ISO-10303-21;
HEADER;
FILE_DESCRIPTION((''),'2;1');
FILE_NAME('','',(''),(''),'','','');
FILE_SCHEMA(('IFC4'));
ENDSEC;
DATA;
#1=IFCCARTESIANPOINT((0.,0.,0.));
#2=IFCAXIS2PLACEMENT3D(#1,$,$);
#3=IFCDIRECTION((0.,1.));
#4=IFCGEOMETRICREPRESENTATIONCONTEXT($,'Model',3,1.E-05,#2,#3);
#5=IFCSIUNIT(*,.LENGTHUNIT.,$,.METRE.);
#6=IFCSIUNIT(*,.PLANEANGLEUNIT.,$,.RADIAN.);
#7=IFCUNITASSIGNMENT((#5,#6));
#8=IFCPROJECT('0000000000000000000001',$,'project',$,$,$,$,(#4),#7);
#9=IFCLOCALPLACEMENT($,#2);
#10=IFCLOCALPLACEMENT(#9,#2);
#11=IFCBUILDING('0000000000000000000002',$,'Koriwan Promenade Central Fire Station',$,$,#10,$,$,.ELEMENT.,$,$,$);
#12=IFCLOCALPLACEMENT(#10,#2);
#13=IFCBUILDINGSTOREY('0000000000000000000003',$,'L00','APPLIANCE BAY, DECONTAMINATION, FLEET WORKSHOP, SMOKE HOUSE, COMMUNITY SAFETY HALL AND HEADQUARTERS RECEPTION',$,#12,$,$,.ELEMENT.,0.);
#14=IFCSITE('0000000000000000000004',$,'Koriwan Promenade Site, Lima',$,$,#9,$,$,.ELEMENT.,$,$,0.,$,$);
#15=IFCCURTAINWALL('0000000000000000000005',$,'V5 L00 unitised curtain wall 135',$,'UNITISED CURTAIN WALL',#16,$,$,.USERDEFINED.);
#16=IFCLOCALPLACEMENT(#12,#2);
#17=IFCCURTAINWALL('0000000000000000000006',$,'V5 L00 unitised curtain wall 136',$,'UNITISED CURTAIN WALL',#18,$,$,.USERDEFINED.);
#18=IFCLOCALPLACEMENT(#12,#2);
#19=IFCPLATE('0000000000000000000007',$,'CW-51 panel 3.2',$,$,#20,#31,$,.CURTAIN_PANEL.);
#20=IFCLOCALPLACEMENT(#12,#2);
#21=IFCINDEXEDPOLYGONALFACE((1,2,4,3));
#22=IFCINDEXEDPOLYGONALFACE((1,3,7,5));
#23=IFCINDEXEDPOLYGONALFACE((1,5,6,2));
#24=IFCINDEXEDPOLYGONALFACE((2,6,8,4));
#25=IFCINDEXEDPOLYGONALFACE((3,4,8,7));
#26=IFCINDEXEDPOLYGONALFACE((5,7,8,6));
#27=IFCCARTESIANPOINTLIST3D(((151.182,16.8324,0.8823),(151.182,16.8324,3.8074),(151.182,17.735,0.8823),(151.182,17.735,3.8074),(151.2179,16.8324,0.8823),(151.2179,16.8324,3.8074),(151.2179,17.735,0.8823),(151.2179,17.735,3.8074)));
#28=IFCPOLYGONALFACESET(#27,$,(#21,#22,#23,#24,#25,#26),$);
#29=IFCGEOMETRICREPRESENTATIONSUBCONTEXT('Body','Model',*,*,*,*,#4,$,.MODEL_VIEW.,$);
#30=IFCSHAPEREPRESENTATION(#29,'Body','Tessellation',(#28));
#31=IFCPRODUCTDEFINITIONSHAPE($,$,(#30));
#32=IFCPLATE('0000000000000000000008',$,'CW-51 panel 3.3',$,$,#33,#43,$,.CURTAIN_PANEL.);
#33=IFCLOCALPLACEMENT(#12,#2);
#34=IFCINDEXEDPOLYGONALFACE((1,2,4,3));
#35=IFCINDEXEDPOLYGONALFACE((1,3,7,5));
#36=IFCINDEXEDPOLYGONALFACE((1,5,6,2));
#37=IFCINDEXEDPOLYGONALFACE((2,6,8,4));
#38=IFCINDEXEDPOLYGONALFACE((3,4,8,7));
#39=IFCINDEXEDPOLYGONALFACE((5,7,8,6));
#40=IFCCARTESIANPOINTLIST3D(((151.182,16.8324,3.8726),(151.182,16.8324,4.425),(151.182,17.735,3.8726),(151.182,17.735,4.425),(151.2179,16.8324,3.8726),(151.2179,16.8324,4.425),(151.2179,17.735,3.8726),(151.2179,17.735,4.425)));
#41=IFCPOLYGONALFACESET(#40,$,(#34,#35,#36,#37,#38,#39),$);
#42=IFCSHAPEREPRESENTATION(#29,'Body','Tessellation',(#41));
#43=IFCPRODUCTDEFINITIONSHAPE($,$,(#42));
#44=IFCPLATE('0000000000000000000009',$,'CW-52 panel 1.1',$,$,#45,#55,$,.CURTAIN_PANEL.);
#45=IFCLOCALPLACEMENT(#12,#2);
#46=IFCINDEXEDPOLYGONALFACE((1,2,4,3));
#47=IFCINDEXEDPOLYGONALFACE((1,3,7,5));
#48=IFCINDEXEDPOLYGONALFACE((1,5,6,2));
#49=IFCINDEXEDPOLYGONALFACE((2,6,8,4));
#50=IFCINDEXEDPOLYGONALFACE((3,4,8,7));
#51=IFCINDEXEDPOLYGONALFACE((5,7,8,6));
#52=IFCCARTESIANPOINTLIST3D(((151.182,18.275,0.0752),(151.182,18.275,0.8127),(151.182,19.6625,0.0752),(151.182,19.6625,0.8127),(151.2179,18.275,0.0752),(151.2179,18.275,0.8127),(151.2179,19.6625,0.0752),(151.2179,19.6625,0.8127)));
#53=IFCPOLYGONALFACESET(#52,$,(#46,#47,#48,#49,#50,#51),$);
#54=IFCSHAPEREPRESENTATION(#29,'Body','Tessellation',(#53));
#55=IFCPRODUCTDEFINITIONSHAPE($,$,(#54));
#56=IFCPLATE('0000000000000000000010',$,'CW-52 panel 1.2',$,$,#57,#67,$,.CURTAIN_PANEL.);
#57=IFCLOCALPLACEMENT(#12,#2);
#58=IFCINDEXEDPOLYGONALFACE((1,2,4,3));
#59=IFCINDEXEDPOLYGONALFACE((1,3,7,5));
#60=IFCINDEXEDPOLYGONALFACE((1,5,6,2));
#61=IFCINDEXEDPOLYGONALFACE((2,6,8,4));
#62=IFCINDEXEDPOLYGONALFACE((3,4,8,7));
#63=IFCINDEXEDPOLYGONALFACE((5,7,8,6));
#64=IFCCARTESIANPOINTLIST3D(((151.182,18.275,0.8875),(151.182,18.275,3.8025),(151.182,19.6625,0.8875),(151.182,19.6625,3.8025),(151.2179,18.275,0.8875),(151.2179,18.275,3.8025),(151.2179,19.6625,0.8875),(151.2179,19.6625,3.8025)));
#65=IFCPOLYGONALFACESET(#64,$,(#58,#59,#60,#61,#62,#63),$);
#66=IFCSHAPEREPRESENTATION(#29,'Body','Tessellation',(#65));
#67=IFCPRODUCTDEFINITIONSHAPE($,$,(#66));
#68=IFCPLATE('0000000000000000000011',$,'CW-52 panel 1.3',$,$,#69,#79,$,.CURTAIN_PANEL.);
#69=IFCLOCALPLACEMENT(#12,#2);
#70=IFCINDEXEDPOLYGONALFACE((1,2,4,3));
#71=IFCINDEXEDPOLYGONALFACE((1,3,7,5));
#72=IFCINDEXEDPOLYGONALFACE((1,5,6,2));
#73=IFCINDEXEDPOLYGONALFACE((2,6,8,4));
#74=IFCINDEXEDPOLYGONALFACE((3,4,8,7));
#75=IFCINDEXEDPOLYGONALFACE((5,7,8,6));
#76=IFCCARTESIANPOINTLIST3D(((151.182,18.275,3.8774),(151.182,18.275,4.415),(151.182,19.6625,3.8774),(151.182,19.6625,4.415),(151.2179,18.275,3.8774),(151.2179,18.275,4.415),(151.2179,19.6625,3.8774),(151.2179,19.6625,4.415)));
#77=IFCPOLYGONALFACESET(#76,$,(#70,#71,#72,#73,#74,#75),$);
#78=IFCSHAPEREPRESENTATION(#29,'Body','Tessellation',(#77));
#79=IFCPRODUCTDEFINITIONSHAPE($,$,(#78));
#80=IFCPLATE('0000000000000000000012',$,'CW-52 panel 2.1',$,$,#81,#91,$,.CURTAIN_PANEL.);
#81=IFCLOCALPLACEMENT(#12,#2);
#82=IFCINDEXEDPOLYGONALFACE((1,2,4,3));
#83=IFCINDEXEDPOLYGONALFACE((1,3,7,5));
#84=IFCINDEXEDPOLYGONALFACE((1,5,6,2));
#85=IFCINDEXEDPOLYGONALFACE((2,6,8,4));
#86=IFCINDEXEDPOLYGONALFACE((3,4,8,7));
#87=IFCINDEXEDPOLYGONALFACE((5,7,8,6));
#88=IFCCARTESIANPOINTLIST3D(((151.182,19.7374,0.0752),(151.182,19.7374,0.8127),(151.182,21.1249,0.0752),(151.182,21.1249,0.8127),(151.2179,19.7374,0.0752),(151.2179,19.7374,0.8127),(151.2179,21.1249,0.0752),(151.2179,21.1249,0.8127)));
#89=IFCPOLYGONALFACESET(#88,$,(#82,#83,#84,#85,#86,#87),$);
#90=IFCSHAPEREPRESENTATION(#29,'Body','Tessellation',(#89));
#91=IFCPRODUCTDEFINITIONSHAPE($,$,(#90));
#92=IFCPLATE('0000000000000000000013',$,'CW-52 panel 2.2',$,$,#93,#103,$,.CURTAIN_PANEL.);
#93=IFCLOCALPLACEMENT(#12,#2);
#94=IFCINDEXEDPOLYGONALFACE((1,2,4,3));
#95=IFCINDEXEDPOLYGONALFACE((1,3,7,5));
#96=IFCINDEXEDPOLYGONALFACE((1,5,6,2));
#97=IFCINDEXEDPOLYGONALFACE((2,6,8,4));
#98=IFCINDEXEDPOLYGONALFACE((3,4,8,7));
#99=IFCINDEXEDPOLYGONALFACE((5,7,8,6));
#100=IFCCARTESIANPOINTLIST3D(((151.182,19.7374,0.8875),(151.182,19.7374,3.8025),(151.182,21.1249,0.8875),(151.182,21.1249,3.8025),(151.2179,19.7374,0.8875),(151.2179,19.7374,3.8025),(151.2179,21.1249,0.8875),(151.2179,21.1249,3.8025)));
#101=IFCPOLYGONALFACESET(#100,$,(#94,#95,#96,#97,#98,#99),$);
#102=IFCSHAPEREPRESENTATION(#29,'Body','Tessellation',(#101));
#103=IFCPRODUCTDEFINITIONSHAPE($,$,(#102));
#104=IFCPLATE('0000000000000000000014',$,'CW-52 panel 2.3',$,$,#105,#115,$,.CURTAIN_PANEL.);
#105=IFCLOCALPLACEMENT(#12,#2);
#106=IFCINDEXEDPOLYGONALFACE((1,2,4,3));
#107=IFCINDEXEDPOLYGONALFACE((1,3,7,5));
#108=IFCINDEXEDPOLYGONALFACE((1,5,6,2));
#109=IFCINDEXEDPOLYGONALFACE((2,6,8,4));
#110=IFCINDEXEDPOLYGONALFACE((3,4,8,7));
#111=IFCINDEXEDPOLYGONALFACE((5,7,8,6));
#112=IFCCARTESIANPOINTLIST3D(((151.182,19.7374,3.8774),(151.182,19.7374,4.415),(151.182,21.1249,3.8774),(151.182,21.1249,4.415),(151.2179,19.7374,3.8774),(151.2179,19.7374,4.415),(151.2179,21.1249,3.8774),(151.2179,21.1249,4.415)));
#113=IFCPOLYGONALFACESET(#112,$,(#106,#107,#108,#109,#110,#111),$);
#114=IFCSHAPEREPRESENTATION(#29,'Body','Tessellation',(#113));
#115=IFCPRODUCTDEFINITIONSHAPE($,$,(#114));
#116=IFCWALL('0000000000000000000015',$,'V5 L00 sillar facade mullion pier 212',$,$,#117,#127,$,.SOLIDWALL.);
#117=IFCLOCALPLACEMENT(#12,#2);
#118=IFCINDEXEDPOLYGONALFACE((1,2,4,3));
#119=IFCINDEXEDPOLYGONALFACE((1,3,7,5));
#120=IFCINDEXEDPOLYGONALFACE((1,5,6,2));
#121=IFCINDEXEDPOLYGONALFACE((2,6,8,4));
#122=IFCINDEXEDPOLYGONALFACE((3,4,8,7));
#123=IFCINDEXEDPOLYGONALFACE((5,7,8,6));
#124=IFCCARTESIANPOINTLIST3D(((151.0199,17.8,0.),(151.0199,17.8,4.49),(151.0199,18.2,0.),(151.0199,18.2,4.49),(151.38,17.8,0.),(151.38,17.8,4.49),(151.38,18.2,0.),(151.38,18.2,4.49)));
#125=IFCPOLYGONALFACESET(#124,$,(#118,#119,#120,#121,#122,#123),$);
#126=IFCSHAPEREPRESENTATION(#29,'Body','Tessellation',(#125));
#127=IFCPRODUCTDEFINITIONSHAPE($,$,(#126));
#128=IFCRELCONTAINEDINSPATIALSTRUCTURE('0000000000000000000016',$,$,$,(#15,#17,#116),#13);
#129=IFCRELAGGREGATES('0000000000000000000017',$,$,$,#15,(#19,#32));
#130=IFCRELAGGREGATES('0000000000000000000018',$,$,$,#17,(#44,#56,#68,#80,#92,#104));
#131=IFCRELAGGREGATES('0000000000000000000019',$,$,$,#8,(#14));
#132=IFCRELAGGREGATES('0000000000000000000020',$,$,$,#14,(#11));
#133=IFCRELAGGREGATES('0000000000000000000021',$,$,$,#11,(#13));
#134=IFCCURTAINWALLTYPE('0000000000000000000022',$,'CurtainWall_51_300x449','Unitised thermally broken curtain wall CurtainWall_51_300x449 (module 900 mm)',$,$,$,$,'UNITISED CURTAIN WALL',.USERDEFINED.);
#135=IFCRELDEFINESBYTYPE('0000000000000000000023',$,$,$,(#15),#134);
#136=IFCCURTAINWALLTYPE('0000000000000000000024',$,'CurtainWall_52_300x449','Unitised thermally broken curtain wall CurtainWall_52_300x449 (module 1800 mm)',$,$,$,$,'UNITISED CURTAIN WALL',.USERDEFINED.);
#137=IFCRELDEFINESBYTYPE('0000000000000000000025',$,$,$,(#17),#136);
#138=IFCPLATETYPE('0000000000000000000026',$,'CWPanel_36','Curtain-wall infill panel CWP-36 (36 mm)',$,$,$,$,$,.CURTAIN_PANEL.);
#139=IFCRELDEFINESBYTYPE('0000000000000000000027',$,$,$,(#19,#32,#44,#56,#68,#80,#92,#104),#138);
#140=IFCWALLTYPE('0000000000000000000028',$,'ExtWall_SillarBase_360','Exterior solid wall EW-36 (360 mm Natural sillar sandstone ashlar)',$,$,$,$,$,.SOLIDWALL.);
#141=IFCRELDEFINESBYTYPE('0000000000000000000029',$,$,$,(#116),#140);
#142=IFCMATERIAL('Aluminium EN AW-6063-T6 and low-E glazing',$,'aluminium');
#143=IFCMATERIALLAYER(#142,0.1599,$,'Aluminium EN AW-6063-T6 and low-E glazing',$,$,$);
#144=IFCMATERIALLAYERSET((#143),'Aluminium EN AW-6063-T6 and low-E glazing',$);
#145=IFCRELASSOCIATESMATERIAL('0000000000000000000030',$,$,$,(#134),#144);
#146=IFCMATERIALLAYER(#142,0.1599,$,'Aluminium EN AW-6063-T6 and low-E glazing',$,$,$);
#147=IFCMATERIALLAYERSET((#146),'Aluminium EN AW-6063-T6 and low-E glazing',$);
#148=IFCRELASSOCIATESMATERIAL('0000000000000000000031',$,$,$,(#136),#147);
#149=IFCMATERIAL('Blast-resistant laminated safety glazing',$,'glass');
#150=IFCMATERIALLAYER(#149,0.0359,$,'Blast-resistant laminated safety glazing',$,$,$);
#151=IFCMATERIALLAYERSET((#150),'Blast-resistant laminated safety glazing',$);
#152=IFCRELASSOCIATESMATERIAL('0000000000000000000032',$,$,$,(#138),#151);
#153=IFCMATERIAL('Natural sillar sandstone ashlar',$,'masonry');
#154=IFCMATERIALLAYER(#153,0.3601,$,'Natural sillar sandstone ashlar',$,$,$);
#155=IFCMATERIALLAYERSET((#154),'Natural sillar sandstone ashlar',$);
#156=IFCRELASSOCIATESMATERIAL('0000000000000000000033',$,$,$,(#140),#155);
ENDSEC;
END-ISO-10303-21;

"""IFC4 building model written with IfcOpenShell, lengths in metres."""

from ifc_helpers import new_model, si_unit, direction, frame, frame_2d, origin, origin_2d, place, context, subcontext, project, spatial, rectangle, extrude, material, layer, layer_set, type_object, element, aggregate, save


model = new_model("IFC4")

# Units and contexts
model_context = context("Model", 3, precision=1e-05, world=origin(), true_north=direction((0.0, 1.0)))
body_context = subcontext(model_context, "Body", "Model", "MODEL_VIEW")
ifc_project = project(units=[si_unit("LENGTHUNIT", "METRE"), si_unit("PLANEANGLEUNIT", "RADIAN")], contexts=[model_context])

# Site, building, storey
site_placement = place(None, origin())
site = spatial("IfcSite", under=ifc_project, at=site_placement, Name="Koriwan Promenade Site, Lima", CompositionType="ELEMENT", RefElevation=0.0)
building_placement = place(site_placement, origin())
building = spatial("IfcBuilding", under=site, at=building_placement, Name="Koriwan Promenade Central Fire Station", CompositionType="ELEMENT")
storey_placement = place(building_placement, origin())
storey = spatial("IfcBuildingStorey", under=building, at=storey_placement, Name="L00", Description="APPLIANCE BAY, DECONTAMINATION, FLEET WORKSHOP, SMOKE HOUSE, COMMUNITY SAFETY HALL AND HEADQUARTERS RECEPTION", CompositionType="ELEMENT", Elevation=0.0)

# Curtain walls
ifc_material_1 = material(Name="Aluminium EN AW-6063-T6 and low-E glazing", Category="aluminium")
ifc_layer_1 = layer(ifc_material_1, 0.1599, Name="Aluminium EN AW-6063-T6 and low-E glazing")
ifc_layer_set_1 = layer_set([ifc_layer_1], Name="Aluminium EN AW-6063-T6 and low-E glazing")
curtain_wall_type_1 = type_object("IfcCurtainWallType", Name="CurtainWall_51_300x449", Description="Unitised thermally broken curtain wall CurtainWall_51_300x449 (module 900 mm)", ElementType="UNITISED CURTAIN WALL", PredefinedType="USERDEFINED", material=ifc_layer_set_1)
curtain_wall_1_placement = place(storey_placement, origin())
curtain_wall_1 = element("IfcCurtainWall", 1, at=curtain_wall_1_placement, inside=storey, type_object=curtain_wall_type_1, Name="V5 L00 unitised curtain wall 135", ObjectType="UNITISED CURTAIN WALL", PredefinedType="USERDEFINED")
ifc_layer_2 = layer(ifc_material_1, 0.1599, Name="Aluminium EN AW-6063-T6 and low-E glazing")
ifc_layer_set_2 = layer_set([ifc_layer_2], Name="Aluminium EN AW-6063-T6 and low-E glazing")
curtain_wall_type_2 = type_object("IfcCurtainWallType", Name="CurtainWall_52_300x449", Description="Unitised thermally broken curtain wall CurtainWall_52_300x449 (module 1800 mm)", ElementType="UNITISED CURTAIN WALL", PredefinedType="USERDEFINED", material=ifc_layer_set_2)
curtain_wall_2_placement = place(storey_placement, origin())
curtain_wall_2 = element("IfcCurtainWall", 2, at=curtain_wall_2_placement, inside=storey, type_object=curtain_wall_type_2, Name="V5 L00 unitised curtain wall 136", ObjectType="UNITISED CURTAIN WALL", PredefinedType="USERDEFINED")

# Plates
ifc_material_2 = material(Name="Blast-resistant laminated safety glazing", Category="glass")
ifc_layer_3 = layer(ifc_material_2, 0.0359, Name="Blast-resistant laminated safety glazing")
ifc_layer_set_3 = layer_set([ifc_layer_3], Name="Blast-resistant laminated safety glazing")
plate_type = type_object("IfcPlateType", Name="CWPanel_36", Description="Curtain-wall infill panel CWP-36 (36 mm)", PredefinedType="CURTAIN_PANEL", material=ifc_layer_set_3)
plate_1_placement = place(storey_placement, frame((151.2, 17.2837, 0.8823), z_axis=(0.0, 0.0, 1.0), x_axis=(0.0, 1.0, 0.0)))
plate_1 = element("IfcPlate", 3, at=plate_1_placement, type_object=plate_type, Name="CW-51 panel 3.2", PredefinedType="CURTAIN_PANEL", context=body_context, shape_type="SweptSolid", body=[
    extrude(rectangle(XDim=0.9026, YDim=0.0359, at=origin_2d()), origin(), (0.0, 0.0, 1.0), 2.925),
])
plate_2_placement = place(storey_placement, frame((151.2, 17.2837, 3.8726), z_axis=(0.0, 0.0, 1.0), x_axis=(0.0, 1.0, 0.0)))
plate_2 = element("IfcPlate", 4, at=plate_2_placement, type_object=plate_type, Name="CW-51 panel 3.3", PredefinedType="CURTAIN_PANEL", context=body_context, shape_type="SweptSolid", body=[
    extrude(rectangle(XDim=0.9026, YDim=0.0359, at=origin_2d()), origin(), (0.0, 0.0, 1.0), 0.5525),
])
aggregate(curtain_wall_1, [plate_1, plate_2])
plate_3_placement = place(storey_placement, frame((151.2, 18.9688, 0.0752), z_axis=(0.0, 0.0, 1.0), x_axis=(0.0, 1.0, 0.0)))
plate_3 = element("IfcPlate", 5, at=plate_3_placement, type_object=plate_type, Name="CW-52 panel 1.1", PredefinedType="CURTAIN_PANEL", context=body_context, shape_type="SweptSolid", body=[
    extrude(rectangle(XDim=1.3875, YDim=0.0359, at=origin_2d()), origin(), (0.0, 0.0, 1.0), 0.7375),
])
plate_4_placement = place(storey_placement, frame((151.2, 18.9688, 0.8875), z_axis=(0.0, 0.0, 1.0), x_axis=(0.0, 1.0, 0.0)))
plate_4 = element("IfcPlate", 6, at=plate_4_placement, type_object=plate_type, Name="CW-52 panel 1.2", PredefinedType="CURTAIN_PANEL", context=body_context, shape_type="SweptSolid", body=[
    extrude(rectangle(XDim=1.3875, YDim=0.0359, at=origin_2d()), origin(), (0.0, 0.0, 1.0), 2.915),
])
plate_5_placement = place(storey_placement, frame((151.2, 18.9688, 3.8774), z_axis=(0.0, 0.0, 1.0), x_axis=(0.0, 1.0, 0.0)))
plate_5 = element("IfcPlate", 7, at=plate_5_placement, type_object=plate_type, Name="CW-52 panel 1.3", PredefinedType="CURTAIN_PANEL", context=body_context, shape_type="SweptSolid", body=[
    extrude(rectangle(XDim=1.3875, YDim=0.0359, at=origin_2d()), origin(), (0.0, 0.0, 1.0), 0.5376),
])
plate_6_placement = place(storey_placement, frame((151.2, 20.4312, 0.0752), z_axis=(0.0, 0.0, 1.0), x_axis=(0.0, 1.0, 0.0)))
plate_6 = element("IfcPlate", 8, at=plate_6_placement, type_object=plate_type, Name="CW-52 panel 2.1", PredefinedType="CURTAIN_PANEL", context=body_context, shape_type="SweptSolid", body=[
    extrude(rectangle(XDim=1.3875, YDim=0.0359, at=origin_2d()), origin(), (0.0, 0.0, 1.0), 0.7375),
])
plate_7_placement = place(storey_placement, frame((151.2, 20.4312, 0.8875), z_axis=(0.0, 0.0, 1.0), x_axis=(0.0, 1.0, 0.0)))
plate_7 = element("IfcPlate", 9, at=plate_7_placement, type_object=plate_type, Name="CW-52 panel 2.2", PredefinedType="CURTAIN_PANEL", context=body_context, shape_type="SweptSolid", body=[
    extrude(rectangle(XDim=1.3875, YDim=0.0359, at=origin_2d()), origin(), (0.0, 0.0, 1.0), 2.915),
])
plate_8_placement = place(storey_placement, frame((151.2, 20.4312, 3.8774), z_axis=(0.0, 0.0, 1.0), x_axis=(0.0, 1.0, 0.0)))
plate_8 = element("IfcPlate", 10, at=plate_8_placement, type_object=plate_type, Name="CW-52 panel 2.3", PredefinedType="CURTAIN_PANEL", context=body_context, shape_type="SweptSolid", body=[
    extrude(rectangle(XDim=1.3875, YDim=0.0359, at=origin_2d()), origin(), (0.0, 0.0, 1.0), 0.5376),
])
aggregate(curtain_wall_2, [plate_3, plate_4, plate_5, plate_6, plate_7, plate_8])

# Wall
ifc_material_3 = material(Name="Natural sillar sandstone ashlar", Category="masonry")
ifc_layer_4 = layer(ifc_material_3, 0.3601, Name="Natural sillar sandstone ashlar")
ifc_layer_set_4 = layer_set([ifc_layer_4], Name="Natural sillar sandstone ashlar")
wall_type = type_object("IfcWallType", Name="ExtWall_SillarBase_360", Description="Exterior solid wall EW-36 (360 mm Natural sillar sandstone ashlar)", PredefinedType="SOLIDWALL", material=ifc_layer_set_4)
wall_placement = place(storey_placement, frame((151.2, 17.8, 0.0), z_axis=(0.0, 0.0, 1.0), x_axis=(0.0, 1.0, 0.0)))
element("IfcWall", 11, at=wall_placement, inside=storey, type_object=wall_type, Name="V5 L00 sillar facade mullion pier 212", PredefinedType="SOLIDWALL", context=body_context, shape_type="SweptSolid", body=[
    extrude(rectangle(XDim=0.3999, YDim=0.3601, at=frame_2d((0.2, 0.0))), origin(), (0.0, 0.0, 1.0), 4.49),
])

save(model, "model.ifc")
